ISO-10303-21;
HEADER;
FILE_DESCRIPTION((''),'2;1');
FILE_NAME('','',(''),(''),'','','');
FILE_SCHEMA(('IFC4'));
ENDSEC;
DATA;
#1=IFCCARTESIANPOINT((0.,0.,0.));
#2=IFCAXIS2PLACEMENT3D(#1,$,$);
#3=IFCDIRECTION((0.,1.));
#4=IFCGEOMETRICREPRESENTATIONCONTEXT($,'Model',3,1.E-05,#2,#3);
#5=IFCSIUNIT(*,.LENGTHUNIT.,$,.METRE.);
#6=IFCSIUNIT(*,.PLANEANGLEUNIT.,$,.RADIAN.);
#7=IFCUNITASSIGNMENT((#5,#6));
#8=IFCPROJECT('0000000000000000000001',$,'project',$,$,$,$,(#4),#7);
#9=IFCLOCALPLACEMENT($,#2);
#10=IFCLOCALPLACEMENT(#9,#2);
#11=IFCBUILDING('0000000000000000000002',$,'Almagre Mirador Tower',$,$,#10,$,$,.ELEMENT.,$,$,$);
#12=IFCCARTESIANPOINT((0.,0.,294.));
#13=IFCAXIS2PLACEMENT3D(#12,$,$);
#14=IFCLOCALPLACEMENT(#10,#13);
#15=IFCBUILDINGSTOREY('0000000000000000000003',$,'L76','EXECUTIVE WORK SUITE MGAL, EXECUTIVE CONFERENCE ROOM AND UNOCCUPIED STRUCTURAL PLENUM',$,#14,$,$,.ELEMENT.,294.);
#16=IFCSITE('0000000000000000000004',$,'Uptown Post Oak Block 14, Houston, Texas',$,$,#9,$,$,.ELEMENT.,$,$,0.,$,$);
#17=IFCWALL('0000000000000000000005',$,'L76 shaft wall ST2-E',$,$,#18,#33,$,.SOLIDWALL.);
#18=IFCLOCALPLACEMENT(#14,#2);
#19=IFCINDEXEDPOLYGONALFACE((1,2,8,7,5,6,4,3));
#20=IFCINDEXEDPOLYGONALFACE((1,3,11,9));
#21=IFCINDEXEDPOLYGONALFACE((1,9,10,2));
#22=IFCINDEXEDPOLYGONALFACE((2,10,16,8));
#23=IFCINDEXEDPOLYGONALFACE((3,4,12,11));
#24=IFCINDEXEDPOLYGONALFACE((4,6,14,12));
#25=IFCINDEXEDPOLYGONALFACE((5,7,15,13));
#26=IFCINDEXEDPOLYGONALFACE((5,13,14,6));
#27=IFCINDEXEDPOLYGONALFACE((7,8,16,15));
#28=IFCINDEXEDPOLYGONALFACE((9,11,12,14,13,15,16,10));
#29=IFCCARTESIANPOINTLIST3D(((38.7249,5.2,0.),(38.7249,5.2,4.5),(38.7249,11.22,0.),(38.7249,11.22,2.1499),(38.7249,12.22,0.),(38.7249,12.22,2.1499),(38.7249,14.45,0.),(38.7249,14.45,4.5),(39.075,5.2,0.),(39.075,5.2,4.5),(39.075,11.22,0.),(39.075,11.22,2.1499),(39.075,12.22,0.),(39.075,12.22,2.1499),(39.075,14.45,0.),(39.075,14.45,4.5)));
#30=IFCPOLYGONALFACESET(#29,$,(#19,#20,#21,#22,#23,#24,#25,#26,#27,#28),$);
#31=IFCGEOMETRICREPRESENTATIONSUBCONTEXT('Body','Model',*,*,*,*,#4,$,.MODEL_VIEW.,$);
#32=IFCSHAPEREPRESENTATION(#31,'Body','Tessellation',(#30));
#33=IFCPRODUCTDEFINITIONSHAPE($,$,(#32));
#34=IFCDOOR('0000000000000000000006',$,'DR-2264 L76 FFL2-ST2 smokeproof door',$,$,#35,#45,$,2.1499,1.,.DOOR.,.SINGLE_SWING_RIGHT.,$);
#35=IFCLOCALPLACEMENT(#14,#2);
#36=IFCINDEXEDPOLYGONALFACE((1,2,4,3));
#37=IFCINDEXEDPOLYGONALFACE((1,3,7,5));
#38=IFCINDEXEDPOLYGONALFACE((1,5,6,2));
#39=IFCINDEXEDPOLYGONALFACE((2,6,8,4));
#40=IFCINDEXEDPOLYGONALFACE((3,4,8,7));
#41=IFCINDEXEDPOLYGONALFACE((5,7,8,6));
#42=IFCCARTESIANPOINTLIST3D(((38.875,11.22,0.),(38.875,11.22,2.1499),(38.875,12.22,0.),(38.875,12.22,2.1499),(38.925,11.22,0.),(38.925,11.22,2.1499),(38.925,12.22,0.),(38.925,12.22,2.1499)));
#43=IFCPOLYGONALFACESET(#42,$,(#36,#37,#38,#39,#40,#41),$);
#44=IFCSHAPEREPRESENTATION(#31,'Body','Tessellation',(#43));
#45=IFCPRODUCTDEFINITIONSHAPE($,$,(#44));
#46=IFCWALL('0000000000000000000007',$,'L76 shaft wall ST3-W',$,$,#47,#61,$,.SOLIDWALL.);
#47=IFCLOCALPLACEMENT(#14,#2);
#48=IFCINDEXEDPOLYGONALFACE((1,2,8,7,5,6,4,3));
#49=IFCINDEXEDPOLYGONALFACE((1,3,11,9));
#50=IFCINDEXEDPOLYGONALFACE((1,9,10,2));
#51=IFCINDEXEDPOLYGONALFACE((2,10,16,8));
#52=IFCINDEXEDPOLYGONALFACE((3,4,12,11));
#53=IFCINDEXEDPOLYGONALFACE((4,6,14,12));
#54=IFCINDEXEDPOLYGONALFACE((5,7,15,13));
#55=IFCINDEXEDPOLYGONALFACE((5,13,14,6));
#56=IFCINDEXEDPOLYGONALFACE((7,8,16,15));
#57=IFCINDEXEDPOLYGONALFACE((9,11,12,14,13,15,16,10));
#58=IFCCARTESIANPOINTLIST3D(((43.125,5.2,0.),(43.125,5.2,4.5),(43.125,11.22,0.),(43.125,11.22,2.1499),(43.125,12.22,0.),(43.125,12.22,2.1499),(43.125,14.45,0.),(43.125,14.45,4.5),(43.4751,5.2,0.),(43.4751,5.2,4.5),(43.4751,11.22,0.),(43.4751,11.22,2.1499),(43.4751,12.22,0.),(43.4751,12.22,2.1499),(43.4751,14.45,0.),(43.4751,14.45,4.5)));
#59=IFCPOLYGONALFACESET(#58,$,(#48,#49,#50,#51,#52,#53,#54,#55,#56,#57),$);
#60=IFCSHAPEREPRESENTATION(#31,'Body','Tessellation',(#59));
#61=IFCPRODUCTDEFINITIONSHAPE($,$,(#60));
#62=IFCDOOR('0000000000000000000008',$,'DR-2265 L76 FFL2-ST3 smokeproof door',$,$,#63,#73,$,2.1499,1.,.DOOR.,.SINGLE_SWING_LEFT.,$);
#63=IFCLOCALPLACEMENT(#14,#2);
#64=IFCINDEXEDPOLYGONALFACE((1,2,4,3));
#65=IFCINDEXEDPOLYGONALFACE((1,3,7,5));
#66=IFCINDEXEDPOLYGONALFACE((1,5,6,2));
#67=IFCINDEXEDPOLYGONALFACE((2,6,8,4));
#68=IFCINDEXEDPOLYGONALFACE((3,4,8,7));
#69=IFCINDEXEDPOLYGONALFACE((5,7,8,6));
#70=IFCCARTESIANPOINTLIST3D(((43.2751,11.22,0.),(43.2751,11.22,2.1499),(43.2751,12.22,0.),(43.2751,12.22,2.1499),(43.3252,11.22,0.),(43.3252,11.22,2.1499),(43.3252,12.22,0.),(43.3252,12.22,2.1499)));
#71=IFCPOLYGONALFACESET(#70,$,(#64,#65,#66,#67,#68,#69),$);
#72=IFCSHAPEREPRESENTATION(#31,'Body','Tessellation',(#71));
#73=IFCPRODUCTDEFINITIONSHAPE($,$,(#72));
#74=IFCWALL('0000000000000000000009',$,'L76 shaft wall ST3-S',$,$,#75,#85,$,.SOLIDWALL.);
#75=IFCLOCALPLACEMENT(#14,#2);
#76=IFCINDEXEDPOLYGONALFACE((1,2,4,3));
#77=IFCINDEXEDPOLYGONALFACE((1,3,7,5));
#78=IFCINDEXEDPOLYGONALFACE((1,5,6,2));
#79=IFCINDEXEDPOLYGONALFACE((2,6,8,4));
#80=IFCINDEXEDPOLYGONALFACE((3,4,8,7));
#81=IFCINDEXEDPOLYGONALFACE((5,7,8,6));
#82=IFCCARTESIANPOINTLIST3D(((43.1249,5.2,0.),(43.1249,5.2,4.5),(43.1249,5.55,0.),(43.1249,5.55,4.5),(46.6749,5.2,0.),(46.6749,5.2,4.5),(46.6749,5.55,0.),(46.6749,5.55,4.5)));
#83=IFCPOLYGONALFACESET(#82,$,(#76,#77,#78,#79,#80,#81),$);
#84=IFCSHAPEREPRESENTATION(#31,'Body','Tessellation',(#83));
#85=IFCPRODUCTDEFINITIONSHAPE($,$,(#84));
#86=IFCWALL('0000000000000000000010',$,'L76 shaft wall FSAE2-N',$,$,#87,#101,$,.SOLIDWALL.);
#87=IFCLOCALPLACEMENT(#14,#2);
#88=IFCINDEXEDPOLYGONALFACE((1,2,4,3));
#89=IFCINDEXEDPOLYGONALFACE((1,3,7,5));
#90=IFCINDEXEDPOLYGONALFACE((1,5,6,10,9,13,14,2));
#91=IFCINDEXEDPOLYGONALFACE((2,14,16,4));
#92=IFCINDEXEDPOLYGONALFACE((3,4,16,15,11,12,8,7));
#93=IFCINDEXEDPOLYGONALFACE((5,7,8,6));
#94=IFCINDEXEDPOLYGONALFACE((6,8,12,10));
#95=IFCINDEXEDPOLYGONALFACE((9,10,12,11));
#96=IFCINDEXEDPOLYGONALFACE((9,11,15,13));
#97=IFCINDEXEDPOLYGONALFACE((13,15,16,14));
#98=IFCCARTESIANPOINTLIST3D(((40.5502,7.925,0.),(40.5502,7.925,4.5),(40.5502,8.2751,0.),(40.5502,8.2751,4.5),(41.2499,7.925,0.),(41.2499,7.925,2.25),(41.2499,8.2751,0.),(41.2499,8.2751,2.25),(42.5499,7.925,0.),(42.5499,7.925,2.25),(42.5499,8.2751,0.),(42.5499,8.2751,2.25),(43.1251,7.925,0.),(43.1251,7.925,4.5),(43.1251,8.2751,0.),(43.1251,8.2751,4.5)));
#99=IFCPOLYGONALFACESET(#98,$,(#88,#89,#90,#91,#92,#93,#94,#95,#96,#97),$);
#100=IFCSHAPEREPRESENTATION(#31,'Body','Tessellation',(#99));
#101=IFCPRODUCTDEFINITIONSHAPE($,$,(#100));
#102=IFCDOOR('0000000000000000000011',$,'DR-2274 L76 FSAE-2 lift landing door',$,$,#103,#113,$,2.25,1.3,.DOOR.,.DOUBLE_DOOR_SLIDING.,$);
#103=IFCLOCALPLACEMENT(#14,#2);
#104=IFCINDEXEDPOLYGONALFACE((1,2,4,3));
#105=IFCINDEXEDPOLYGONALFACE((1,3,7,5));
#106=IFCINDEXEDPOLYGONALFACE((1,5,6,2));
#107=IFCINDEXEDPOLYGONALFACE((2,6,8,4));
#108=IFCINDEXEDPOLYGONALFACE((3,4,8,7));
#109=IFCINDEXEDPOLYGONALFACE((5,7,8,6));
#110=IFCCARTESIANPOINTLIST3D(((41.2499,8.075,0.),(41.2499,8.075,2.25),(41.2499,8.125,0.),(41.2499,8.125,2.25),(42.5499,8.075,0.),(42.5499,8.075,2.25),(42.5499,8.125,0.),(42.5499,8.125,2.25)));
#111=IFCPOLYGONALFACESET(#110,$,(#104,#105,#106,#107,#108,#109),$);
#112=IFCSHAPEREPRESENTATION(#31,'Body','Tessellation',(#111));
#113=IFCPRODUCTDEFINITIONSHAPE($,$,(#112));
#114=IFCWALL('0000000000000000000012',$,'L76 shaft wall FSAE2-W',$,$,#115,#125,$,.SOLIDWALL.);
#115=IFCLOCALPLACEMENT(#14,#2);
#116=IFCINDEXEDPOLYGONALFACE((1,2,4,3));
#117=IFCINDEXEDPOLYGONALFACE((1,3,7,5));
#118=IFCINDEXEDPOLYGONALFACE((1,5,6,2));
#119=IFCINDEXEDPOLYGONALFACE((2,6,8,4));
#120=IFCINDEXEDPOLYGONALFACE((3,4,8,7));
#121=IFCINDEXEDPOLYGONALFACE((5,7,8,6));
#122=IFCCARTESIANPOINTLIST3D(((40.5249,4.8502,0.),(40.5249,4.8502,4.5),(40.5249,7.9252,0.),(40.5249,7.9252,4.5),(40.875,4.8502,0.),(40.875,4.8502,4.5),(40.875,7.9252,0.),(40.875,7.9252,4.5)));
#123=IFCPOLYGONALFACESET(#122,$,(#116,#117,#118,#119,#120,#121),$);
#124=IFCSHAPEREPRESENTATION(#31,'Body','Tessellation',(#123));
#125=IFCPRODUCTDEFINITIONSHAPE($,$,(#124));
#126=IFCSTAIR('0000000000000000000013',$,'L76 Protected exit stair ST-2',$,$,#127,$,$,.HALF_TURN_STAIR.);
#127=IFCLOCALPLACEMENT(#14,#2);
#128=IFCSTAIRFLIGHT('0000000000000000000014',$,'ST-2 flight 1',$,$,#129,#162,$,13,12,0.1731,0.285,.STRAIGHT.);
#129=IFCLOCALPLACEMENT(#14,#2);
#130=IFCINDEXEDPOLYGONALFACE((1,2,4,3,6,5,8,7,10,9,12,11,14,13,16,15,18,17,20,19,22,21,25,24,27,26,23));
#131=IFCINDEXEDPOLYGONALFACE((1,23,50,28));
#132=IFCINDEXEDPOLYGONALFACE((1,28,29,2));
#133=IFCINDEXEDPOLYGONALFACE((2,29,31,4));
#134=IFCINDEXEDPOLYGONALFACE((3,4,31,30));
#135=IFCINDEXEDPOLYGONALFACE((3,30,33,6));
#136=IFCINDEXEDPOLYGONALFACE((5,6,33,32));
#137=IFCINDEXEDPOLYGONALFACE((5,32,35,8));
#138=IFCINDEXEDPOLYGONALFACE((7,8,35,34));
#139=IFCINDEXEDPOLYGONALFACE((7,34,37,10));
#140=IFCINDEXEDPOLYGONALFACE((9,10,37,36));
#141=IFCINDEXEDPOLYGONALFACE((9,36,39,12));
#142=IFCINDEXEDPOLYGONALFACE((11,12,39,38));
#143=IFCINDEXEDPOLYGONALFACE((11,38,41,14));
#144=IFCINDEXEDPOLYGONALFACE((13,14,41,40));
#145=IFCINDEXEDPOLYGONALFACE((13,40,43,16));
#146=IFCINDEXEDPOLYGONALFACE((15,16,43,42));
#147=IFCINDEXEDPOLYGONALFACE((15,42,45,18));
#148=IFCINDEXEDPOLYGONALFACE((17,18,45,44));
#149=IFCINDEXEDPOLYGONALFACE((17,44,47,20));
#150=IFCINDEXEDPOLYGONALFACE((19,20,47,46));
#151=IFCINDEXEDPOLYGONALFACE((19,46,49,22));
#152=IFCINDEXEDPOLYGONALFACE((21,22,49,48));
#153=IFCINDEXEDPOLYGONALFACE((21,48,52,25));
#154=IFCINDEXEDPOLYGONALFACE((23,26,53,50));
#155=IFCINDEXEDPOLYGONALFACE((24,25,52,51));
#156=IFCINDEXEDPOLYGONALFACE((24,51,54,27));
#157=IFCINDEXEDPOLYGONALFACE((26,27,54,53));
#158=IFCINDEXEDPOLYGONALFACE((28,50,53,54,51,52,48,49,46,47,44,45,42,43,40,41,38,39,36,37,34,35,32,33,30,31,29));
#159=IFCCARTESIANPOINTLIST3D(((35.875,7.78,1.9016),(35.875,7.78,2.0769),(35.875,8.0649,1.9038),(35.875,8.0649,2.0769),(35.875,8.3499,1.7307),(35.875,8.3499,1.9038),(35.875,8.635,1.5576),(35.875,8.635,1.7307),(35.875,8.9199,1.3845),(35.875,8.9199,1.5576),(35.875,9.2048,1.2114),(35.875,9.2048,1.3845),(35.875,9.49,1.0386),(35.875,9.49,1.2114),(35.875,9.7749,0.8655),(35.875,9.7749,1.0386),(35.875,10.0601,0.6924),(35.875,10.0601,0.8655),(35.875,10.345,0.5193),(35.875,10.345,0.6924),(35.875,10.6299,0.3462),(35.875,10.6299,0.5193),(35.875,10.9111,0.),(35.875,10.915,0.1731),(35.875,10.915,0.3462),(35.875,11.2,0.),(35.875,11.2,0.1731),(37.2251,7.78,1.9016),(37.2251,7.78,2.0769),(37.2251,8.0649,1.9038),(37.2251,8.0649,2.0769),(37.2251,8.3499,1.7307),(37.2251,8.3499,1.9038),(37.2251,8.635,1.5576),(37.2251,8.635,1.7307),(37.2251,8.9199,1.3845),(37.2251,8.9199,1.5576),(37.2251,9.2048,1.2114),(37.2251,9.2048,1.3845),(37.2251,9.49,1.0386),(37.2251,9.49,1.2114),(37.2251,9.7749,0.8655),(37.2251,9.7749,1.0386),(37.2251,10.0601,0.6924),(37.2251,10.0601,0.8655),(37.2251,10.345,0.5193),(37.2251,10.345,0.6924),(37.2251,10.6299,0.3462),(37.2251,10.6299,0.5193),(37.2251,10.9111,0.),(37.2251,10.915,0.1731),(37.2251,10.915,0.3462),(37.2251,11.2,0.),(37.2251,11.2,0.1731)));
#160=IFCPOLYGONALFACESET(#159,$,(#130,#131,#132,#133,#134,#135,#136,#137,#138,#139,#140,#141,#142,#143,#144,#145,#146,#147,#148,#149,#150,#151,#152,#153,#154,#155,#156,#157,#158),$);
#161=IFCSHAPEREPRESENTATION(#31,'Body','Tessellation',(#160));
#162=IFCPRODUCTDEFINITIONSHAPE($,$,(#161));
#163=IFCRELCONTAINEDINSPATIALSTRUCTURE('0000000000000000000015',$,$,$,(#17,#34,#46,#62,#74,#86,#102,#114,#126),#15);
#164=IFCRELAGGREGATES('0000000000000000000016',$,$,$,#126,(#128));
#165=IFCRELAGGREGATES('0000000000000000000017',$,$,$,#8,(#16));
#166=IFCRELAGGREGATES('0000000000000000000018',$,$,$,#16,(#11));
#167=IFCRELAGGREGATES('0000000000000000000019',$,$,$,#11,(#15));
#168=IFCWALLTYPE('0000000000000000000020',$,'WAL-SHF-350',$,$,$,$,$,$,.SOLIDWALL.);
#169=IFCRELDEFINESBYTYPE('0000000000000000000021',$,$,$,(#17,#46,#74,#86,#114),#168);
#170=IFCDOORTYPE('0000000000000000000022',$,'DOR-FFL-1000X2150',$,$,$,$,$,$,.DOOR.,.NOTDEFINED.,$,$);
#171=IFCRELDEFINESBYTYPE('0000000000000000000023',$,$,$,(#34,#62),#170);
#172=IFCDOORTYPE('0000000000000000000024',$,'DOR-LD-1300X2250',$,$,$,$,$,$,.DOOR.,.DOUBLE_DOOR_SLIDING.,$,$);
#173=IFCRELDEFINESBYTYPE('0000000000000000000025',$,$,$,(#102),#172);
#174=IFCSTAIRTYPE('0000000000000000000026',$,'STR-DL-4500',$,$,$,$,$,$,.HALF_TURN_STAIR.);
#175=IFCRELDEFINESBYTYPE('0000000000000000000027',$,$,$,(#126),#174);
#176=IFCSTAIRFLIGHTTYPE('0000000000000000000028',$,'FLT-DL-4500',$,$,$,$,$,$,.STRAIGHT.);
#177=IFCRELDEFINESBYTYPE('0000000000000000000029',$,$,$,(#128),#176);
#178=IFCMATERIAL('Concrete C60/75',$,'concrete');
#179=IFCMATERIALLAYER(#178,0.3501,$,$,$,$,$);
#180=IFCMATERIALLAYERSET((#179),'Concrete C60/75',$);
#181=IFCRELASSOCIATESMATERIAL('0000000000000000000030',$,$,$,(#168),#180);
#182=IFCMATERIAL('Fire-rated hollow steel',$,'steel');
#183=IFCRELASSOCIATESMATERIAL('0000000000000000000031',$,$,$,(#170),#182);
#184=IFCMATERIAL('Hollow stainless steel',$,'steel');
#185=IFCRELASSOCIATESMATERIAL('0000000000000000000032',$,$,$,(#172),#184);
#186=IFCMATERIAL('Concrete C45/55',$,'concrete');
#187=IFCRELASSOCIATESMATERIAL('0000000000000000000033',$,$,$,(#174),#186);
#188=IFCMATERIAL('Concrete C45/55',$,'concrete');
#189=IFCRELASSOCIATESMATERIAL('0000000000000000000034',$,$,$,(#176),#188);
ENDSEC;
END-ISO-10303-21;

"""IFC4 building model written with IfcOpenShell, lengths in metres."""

from ifc_helpers import new_model, si_unit, direction, frame, frame_2d, origin, place, context, subcontext, project, spatial, polyline, rectangle, outline, extrude, material, layer, layer_set, type_object, element, fill, aggregate, save


model = new_model("IFC4")

# Units and contexts
model_context = context("Model", 3, precision=1e-05, world=origin(), true_north=direction((0.0, 1.0)))
body_context = subcontext(model_context, "Body", "Model", "MODEL_VIEW")
ifc_project = project(units=[si_unit("LENGTHUNIT", "METRE"), si_unit("PLANEANGLEUNIT", "RADIAN")], contexts=[model_context])

# Site, building, storey
site_placement = place(None, origin())
site = spatial("IfcSite", under=ifc_project, at=site_placement, Name="Uptown Post Oak Block 14, Houston, Texas", CompositionType="ELEMENT", RefElevation=0.0)
building_placement = place(site_placement, origin())
building = spatial("IfcBuilding", under=site, at=building_placement, Name="Almagre Mirador Tower", CompositionType="ELEMENT")
storey_placement = place(building_placement, frame((0.0, 0.0, 294.0)))
storey = spatial("IfcBuildingStorey", under=building, at=storey_placement, Name="L76", Description="EXECUTIVE WORK SUITE MGAL, EXECUTIVE CONFERENCE ROOM AND UNOCCUPIED STRUCTURAL PLENUM", CompositionType="ELEMENT", Elevation=294.0)

# Walls, openings, doors
ifc_material_1 = material(Name="Concrete C60/75", Category="concrete")
ifc_layer_1 = layer(ifc_material_1, 0.3501)
ifc_layer_set_1 = layer_set([ifc_layer_1], Name="Concrete C60/75")
wall_type_1 = type_object("IfcWallType", Name="WAL-SHF-350", PredefinedType="SOLIDWALL", material=ifc_layer_set_1)
wall_1_placement = place(storey_placement, frame((38.8999, 5.2, 0.0), z_axis=(0.0, 0.0, 1.0), x_axis=(0.0, 1.0, 0.0)))
wall_1 = element("IfcWall", 1, at=wall_1_placement, inside=storey, type_object=wall_type_1, Name="L76 shaft wall ST2-E", PredefinedType="SOLIDWALL", context=body_context, shape_type="SweptSolid", body=[
    extrude(rectangle(XDim=9.25, YDim=0.3501, at=frame_2d((4.625, 0.0))), origin(), (0.0, 0.0, 1.0), 4.5),
])
opening_1_placement = place(wall_1_placement, frame((6.02, 0.0, 0.0)))
opening_1 = element("IfcOpeningElement", 2, at=opening_1_placement, cuts=wall_1, PredefinedType="OPENING", context=body_context, shape_type="SweptSolid", body=[
    extrude(rectangle(XDim=1.0, YDim=2.1499, at=frame_2d((0.5, 1.075))), frame((0.0, 0.185, 0.0), z_axis=(0.0, -1.0, 0.0), x_axis=(1.0, 0.0, 0.0)), (0.0, 0.0, 1.0), 0.3701),
])
ifc_material_2 = material(Name="Fire-rated hollow steel", Category="steel")
door_type_1 = type_object("IfcDoorType", Name="DOR-FFL-1000X2150", OperationType="NOTDEFINED", PredefinedType="DOOR", material=ifc_material_2)
door_1_placement = place(opening_1_placement, origin())
door_1 = element("IfcDoor", 3, at=door_1_placement, inside=storey, type_object=door_type_1, Name="DR-2264 L76 FFL2-ST2 smokeproof door", OperationType="SINGLE_SWING_RIGHT", OverallHeight=2.1499, OverallWidth=1.0, PredefinedType="DOOR", context=body_context, shape_type="SweptSolid", body=[
    extrude(rectangle(XDim=1.0, YDim=2.1499, at=frame_2d((0.5, 1.075))), frame((0.0, 0.0249, 0.0), z_axis=(0.0, -1.0, 0.0), x_axis=(1.0, 0.0, 0.0)), (0.0, 0.0, 1.0), 0.05),
])
fill(opening_1, door_1)
wall_2_placement = place(storey_placement, frame((43.3, 5.2, 0.0), z_axis=(0.0, 0.0, 1.0), x_axis=(0.0, 1.0, 0.0)))
wall_2 = element("IfcWall", 4, at=wall_2_placement, inside=storey, type_object=wall_type_1, Name="L76 shaft wall ST3-W", PredefinedType="SOLIDWALL", context=body_context, shape_type="SweptSolid", body=[
    extrude(rectangle(XDim=9.25, YDim=0.3501, at=frame_2d((4.625, 0.0))), origin(), (0.0, 0.0, 1.0), 4.5),
])
opening_2_placement = place(wall_2_placement, frame((6.02, 0.0, 0.0)))
opening_2 = element("IfcOpeningElement", 5, at=opening_2_placement, cuts=wall_2, PredefinedType="OPENING", context=body_context, shape_type="SweptSolid", body=[
    extrude(rectangle(XDim=1.0, YDim=2.1499, at=frame_2d((0.5, 1.075))), frame((0.0, 0.185, 0.0), z_axis=(0.0, -1.0, 0.0), x_axis=(1.0, 0.0, 0.0)), (0.0, 0.0, 1.0), 0.3701),
])
door_2_placement = place(opening_2_placement, origin())
door_2 = element("IfcDoor", 6, at=door_2_placement, inside=storey, type_object=door_type_1, Name="DR-2265 L76 FFL2-ST3 smokeproof door", OperationType="SINGLE_SWING_LEFT", OverallHeight=2.1499, OverallWidth=1.0, PredefinedType="DOOR", context=body_context, shape_type="SweptSolid", body=[
    extrude(rectangle(XDim=1.0, YDim=2.1499, at=frame_2d((0.5, 1.075))), frame((0.0, 0.0249, 0.0), z_axis=(0.0, -1.0, 0.0), x_axis=(1.0, 0.0, 0.0)), (0.0, 0.0, 1.0), 0.05),
])
fill(opening_2, door_2)

# Wall
wall_3_placement = place(storey_placement, frame((43.125, 5.375, 0.0), z_axis=(0.0, 0.0, 1.0), x_axis=(1.0, 0.0, 0.0)))
element("IfcWall", 7, at=wall_3_placement, inside=storey, type_object=wall_type_1, Name="L76 shaft wall ST3-S", PredefinedType="SOLIDWALL", context=body_context, shape_type="SweptSolid", body=[
    extrude(rectangle(XDim=3.55, YDim=0.3501, at=frame_2d((1.7749, 0.0))), origin(), (0.0, 0.0, 1.0), 4.5),
])

# Wall, opening, door
wall_4_placement = place(storey_placement, frame((40.55, 8.1001, 0.0), z_axis=(0.0, 0.0, 1.0), x_axis=(1.0, 0.0, 0.0)))
wall_4 = element("IfcWall", 8, at=wall_4_placement, inside=storey, type_object=wall_type_1, Name="L76 shaft wall FSAE2-N", PredefinedType="SOLIDWALL", context=body_context, shape_type="SweptSolid", body=[
    extrude(rectangle(XDim=2.575, YDim=0.3501, at=frame_2d((1.2876, 0.0))), origin(), (0.0, 0.0, 1.0), 4.5),
])
opening_3_placement = place(wall_4_placement, frame((0.7, 0.0, 0.0)))
opening_3 = element("IfcOpeningElement", 9, at=opening_3_placement, cuts=wall_4, PredefinedType="OPENING", context=body_context, shape_type="SweptSolid", body=[
    extrude(rectangle(XDim=1.3, YDim=2.25, at=frame_2d((0.6499, 1.125))), frame((0.0, 0.185, 0.0), z_axis=(0.0, -1.0, 0.0), x_axis=(1.0, 0.0, 0.0)), (0.0, 0.0, 1.0), 0.3701),
])
ifc_material_3 = material(Name="Hollow stainless steel", Category="steel")
door_type_2 = type_object("IfcDoorType", Name="DOR-LD-1300X2250", OperationType="DOUBLE_DOOR_SLIDING", PredefinedType="DOOR", material=ifc_material_3)
door_3_placement = place(opening_3_placement, origin())
door_3 = element("IfcDoor", 10, at=door_3_placement, inside=storey, type_object=door_type_2, Name="DR-2274 L76 FSAE-2 lift landing door", OperationType="DOUBLE_DOOR_SLIDING", OverallHeight=2.25, OverallWidth=1.3, PredefinedType="DOOR", context=body_context, shape_type="SweptSolid", body=[
    extrude(rectangle(XDim=1.3, YDim=2.25, at=frame_2d((0.6499, 1.125))), frame((0.0, 0.0249, 0.0), z_axis=(0.0, -1.0, 0.0), x_axis=(1.0, 0.0, 0.0)), (0.0, 0.0, 1.0), 0.05),
])
fill(opening_3, door_3)

# Wall
wall_5_placement = place(storey_placement, frame((40.7, 4.8501, 0.0), z_axis=(0.0, 0.0, 1.0), x_axis=(0.0, 1.0, 0.0)))
element("IfcWall", 11, at=wall_5_placement, inside=storey, type_object=wall_type_1, Name="L76 shaft wall FSAE2-W", PredefinedType="SOLIDWALL", context=body_context, shape_type="SweptSolid", body=[
    extrude(rectangle(XDim=3.075, YDim=0.3501, at=frame_2d((1.5376, 0.0))), origin(), (0.0, 0.0, 1.0), 4.5),
])

# Stair, stair flight
ifc_material_4 = material(Name="Concrete C45/55", Category="concrete")
stair_type = type_object("IfcStairType", Name="STR-DL-4500", PredefinedType="HALF_TURN_STAIR", material=ifc_material_4)
stair_1_placement = place(storey_placement, origin())
stair_1 = element("IfcStair", 12, at=stair_1_placement, inside=storey, type_object=stair_type, Name="L76 Protected exit stair ST-2", PredefinedType="HALF_TURN_STAIR")
ifc_material_5 = material(Name="Concrete C45/55", Category="concrete")
stair_flight_type = type_object("IfcStairFlightType", Name="FLT-DL-4500", PredefinedType="STRAIGHT", material=ifc_material_5)
stair_flight_1_placement = place(storey_placement, frame((36.55, 11.2, 0.0), z_axis=(0.0, 0.0, 1.0), x_axis=(0.0, -1.0, 0.0)))
stair_flight_1 = element("IfcStairFlight", 13, at=stair_flight_1_placement, type_object=stair_flight_type, Name="ST-2 flight 1", NumberOfRisers=13, NumberOfTreads=12, PredefinedType="STRAIGHT", RiserHeight=0.1731, TreadLength=0.285, context=body_context, shape_type="SweptSolid", body=[
    extrude(outline(polyline([(0.0, 0.0), (0.0, 0.1731), (0.2849, 0.1731), (0.2849, 0.3462), (0.5701, 0.3462), (0.5701, 0.5193), (0.855, 0.5193), (0.855, 0.6924), (1.1399, 0.6924), (1.1399, 0.8655), (1.425, 0.8655), (1.425, 1.0386), (1.71, 1.0386), (1.71, 1.2114), (1.9951, 1.2114), (1.9951, 1.3845), (2.28, 1.3845), (2.28, 1.5576), (2.5649, 1.5576), (2.5649, 1.7307), (2.8501, 1.7307), (2.8501, 1.9038), (3.135, 1.9038), (3.135, 2.0769), (3.4199, 2.0769), (3.4199, 2.25), (3.4199, 1.9016), (0.2888, 0.0), (0.0, 0.0)])), frame((0.0, 0.675, 0.0), z_axis=(0.0, -1.0, 0.0), x_axis=(1.0, 0.0, 0.0)), (0.0, 0.0, 1.0), 1.3501),
])
aggregate(stair_1, [stair_flight_1])

save(model, "model.ifc")
